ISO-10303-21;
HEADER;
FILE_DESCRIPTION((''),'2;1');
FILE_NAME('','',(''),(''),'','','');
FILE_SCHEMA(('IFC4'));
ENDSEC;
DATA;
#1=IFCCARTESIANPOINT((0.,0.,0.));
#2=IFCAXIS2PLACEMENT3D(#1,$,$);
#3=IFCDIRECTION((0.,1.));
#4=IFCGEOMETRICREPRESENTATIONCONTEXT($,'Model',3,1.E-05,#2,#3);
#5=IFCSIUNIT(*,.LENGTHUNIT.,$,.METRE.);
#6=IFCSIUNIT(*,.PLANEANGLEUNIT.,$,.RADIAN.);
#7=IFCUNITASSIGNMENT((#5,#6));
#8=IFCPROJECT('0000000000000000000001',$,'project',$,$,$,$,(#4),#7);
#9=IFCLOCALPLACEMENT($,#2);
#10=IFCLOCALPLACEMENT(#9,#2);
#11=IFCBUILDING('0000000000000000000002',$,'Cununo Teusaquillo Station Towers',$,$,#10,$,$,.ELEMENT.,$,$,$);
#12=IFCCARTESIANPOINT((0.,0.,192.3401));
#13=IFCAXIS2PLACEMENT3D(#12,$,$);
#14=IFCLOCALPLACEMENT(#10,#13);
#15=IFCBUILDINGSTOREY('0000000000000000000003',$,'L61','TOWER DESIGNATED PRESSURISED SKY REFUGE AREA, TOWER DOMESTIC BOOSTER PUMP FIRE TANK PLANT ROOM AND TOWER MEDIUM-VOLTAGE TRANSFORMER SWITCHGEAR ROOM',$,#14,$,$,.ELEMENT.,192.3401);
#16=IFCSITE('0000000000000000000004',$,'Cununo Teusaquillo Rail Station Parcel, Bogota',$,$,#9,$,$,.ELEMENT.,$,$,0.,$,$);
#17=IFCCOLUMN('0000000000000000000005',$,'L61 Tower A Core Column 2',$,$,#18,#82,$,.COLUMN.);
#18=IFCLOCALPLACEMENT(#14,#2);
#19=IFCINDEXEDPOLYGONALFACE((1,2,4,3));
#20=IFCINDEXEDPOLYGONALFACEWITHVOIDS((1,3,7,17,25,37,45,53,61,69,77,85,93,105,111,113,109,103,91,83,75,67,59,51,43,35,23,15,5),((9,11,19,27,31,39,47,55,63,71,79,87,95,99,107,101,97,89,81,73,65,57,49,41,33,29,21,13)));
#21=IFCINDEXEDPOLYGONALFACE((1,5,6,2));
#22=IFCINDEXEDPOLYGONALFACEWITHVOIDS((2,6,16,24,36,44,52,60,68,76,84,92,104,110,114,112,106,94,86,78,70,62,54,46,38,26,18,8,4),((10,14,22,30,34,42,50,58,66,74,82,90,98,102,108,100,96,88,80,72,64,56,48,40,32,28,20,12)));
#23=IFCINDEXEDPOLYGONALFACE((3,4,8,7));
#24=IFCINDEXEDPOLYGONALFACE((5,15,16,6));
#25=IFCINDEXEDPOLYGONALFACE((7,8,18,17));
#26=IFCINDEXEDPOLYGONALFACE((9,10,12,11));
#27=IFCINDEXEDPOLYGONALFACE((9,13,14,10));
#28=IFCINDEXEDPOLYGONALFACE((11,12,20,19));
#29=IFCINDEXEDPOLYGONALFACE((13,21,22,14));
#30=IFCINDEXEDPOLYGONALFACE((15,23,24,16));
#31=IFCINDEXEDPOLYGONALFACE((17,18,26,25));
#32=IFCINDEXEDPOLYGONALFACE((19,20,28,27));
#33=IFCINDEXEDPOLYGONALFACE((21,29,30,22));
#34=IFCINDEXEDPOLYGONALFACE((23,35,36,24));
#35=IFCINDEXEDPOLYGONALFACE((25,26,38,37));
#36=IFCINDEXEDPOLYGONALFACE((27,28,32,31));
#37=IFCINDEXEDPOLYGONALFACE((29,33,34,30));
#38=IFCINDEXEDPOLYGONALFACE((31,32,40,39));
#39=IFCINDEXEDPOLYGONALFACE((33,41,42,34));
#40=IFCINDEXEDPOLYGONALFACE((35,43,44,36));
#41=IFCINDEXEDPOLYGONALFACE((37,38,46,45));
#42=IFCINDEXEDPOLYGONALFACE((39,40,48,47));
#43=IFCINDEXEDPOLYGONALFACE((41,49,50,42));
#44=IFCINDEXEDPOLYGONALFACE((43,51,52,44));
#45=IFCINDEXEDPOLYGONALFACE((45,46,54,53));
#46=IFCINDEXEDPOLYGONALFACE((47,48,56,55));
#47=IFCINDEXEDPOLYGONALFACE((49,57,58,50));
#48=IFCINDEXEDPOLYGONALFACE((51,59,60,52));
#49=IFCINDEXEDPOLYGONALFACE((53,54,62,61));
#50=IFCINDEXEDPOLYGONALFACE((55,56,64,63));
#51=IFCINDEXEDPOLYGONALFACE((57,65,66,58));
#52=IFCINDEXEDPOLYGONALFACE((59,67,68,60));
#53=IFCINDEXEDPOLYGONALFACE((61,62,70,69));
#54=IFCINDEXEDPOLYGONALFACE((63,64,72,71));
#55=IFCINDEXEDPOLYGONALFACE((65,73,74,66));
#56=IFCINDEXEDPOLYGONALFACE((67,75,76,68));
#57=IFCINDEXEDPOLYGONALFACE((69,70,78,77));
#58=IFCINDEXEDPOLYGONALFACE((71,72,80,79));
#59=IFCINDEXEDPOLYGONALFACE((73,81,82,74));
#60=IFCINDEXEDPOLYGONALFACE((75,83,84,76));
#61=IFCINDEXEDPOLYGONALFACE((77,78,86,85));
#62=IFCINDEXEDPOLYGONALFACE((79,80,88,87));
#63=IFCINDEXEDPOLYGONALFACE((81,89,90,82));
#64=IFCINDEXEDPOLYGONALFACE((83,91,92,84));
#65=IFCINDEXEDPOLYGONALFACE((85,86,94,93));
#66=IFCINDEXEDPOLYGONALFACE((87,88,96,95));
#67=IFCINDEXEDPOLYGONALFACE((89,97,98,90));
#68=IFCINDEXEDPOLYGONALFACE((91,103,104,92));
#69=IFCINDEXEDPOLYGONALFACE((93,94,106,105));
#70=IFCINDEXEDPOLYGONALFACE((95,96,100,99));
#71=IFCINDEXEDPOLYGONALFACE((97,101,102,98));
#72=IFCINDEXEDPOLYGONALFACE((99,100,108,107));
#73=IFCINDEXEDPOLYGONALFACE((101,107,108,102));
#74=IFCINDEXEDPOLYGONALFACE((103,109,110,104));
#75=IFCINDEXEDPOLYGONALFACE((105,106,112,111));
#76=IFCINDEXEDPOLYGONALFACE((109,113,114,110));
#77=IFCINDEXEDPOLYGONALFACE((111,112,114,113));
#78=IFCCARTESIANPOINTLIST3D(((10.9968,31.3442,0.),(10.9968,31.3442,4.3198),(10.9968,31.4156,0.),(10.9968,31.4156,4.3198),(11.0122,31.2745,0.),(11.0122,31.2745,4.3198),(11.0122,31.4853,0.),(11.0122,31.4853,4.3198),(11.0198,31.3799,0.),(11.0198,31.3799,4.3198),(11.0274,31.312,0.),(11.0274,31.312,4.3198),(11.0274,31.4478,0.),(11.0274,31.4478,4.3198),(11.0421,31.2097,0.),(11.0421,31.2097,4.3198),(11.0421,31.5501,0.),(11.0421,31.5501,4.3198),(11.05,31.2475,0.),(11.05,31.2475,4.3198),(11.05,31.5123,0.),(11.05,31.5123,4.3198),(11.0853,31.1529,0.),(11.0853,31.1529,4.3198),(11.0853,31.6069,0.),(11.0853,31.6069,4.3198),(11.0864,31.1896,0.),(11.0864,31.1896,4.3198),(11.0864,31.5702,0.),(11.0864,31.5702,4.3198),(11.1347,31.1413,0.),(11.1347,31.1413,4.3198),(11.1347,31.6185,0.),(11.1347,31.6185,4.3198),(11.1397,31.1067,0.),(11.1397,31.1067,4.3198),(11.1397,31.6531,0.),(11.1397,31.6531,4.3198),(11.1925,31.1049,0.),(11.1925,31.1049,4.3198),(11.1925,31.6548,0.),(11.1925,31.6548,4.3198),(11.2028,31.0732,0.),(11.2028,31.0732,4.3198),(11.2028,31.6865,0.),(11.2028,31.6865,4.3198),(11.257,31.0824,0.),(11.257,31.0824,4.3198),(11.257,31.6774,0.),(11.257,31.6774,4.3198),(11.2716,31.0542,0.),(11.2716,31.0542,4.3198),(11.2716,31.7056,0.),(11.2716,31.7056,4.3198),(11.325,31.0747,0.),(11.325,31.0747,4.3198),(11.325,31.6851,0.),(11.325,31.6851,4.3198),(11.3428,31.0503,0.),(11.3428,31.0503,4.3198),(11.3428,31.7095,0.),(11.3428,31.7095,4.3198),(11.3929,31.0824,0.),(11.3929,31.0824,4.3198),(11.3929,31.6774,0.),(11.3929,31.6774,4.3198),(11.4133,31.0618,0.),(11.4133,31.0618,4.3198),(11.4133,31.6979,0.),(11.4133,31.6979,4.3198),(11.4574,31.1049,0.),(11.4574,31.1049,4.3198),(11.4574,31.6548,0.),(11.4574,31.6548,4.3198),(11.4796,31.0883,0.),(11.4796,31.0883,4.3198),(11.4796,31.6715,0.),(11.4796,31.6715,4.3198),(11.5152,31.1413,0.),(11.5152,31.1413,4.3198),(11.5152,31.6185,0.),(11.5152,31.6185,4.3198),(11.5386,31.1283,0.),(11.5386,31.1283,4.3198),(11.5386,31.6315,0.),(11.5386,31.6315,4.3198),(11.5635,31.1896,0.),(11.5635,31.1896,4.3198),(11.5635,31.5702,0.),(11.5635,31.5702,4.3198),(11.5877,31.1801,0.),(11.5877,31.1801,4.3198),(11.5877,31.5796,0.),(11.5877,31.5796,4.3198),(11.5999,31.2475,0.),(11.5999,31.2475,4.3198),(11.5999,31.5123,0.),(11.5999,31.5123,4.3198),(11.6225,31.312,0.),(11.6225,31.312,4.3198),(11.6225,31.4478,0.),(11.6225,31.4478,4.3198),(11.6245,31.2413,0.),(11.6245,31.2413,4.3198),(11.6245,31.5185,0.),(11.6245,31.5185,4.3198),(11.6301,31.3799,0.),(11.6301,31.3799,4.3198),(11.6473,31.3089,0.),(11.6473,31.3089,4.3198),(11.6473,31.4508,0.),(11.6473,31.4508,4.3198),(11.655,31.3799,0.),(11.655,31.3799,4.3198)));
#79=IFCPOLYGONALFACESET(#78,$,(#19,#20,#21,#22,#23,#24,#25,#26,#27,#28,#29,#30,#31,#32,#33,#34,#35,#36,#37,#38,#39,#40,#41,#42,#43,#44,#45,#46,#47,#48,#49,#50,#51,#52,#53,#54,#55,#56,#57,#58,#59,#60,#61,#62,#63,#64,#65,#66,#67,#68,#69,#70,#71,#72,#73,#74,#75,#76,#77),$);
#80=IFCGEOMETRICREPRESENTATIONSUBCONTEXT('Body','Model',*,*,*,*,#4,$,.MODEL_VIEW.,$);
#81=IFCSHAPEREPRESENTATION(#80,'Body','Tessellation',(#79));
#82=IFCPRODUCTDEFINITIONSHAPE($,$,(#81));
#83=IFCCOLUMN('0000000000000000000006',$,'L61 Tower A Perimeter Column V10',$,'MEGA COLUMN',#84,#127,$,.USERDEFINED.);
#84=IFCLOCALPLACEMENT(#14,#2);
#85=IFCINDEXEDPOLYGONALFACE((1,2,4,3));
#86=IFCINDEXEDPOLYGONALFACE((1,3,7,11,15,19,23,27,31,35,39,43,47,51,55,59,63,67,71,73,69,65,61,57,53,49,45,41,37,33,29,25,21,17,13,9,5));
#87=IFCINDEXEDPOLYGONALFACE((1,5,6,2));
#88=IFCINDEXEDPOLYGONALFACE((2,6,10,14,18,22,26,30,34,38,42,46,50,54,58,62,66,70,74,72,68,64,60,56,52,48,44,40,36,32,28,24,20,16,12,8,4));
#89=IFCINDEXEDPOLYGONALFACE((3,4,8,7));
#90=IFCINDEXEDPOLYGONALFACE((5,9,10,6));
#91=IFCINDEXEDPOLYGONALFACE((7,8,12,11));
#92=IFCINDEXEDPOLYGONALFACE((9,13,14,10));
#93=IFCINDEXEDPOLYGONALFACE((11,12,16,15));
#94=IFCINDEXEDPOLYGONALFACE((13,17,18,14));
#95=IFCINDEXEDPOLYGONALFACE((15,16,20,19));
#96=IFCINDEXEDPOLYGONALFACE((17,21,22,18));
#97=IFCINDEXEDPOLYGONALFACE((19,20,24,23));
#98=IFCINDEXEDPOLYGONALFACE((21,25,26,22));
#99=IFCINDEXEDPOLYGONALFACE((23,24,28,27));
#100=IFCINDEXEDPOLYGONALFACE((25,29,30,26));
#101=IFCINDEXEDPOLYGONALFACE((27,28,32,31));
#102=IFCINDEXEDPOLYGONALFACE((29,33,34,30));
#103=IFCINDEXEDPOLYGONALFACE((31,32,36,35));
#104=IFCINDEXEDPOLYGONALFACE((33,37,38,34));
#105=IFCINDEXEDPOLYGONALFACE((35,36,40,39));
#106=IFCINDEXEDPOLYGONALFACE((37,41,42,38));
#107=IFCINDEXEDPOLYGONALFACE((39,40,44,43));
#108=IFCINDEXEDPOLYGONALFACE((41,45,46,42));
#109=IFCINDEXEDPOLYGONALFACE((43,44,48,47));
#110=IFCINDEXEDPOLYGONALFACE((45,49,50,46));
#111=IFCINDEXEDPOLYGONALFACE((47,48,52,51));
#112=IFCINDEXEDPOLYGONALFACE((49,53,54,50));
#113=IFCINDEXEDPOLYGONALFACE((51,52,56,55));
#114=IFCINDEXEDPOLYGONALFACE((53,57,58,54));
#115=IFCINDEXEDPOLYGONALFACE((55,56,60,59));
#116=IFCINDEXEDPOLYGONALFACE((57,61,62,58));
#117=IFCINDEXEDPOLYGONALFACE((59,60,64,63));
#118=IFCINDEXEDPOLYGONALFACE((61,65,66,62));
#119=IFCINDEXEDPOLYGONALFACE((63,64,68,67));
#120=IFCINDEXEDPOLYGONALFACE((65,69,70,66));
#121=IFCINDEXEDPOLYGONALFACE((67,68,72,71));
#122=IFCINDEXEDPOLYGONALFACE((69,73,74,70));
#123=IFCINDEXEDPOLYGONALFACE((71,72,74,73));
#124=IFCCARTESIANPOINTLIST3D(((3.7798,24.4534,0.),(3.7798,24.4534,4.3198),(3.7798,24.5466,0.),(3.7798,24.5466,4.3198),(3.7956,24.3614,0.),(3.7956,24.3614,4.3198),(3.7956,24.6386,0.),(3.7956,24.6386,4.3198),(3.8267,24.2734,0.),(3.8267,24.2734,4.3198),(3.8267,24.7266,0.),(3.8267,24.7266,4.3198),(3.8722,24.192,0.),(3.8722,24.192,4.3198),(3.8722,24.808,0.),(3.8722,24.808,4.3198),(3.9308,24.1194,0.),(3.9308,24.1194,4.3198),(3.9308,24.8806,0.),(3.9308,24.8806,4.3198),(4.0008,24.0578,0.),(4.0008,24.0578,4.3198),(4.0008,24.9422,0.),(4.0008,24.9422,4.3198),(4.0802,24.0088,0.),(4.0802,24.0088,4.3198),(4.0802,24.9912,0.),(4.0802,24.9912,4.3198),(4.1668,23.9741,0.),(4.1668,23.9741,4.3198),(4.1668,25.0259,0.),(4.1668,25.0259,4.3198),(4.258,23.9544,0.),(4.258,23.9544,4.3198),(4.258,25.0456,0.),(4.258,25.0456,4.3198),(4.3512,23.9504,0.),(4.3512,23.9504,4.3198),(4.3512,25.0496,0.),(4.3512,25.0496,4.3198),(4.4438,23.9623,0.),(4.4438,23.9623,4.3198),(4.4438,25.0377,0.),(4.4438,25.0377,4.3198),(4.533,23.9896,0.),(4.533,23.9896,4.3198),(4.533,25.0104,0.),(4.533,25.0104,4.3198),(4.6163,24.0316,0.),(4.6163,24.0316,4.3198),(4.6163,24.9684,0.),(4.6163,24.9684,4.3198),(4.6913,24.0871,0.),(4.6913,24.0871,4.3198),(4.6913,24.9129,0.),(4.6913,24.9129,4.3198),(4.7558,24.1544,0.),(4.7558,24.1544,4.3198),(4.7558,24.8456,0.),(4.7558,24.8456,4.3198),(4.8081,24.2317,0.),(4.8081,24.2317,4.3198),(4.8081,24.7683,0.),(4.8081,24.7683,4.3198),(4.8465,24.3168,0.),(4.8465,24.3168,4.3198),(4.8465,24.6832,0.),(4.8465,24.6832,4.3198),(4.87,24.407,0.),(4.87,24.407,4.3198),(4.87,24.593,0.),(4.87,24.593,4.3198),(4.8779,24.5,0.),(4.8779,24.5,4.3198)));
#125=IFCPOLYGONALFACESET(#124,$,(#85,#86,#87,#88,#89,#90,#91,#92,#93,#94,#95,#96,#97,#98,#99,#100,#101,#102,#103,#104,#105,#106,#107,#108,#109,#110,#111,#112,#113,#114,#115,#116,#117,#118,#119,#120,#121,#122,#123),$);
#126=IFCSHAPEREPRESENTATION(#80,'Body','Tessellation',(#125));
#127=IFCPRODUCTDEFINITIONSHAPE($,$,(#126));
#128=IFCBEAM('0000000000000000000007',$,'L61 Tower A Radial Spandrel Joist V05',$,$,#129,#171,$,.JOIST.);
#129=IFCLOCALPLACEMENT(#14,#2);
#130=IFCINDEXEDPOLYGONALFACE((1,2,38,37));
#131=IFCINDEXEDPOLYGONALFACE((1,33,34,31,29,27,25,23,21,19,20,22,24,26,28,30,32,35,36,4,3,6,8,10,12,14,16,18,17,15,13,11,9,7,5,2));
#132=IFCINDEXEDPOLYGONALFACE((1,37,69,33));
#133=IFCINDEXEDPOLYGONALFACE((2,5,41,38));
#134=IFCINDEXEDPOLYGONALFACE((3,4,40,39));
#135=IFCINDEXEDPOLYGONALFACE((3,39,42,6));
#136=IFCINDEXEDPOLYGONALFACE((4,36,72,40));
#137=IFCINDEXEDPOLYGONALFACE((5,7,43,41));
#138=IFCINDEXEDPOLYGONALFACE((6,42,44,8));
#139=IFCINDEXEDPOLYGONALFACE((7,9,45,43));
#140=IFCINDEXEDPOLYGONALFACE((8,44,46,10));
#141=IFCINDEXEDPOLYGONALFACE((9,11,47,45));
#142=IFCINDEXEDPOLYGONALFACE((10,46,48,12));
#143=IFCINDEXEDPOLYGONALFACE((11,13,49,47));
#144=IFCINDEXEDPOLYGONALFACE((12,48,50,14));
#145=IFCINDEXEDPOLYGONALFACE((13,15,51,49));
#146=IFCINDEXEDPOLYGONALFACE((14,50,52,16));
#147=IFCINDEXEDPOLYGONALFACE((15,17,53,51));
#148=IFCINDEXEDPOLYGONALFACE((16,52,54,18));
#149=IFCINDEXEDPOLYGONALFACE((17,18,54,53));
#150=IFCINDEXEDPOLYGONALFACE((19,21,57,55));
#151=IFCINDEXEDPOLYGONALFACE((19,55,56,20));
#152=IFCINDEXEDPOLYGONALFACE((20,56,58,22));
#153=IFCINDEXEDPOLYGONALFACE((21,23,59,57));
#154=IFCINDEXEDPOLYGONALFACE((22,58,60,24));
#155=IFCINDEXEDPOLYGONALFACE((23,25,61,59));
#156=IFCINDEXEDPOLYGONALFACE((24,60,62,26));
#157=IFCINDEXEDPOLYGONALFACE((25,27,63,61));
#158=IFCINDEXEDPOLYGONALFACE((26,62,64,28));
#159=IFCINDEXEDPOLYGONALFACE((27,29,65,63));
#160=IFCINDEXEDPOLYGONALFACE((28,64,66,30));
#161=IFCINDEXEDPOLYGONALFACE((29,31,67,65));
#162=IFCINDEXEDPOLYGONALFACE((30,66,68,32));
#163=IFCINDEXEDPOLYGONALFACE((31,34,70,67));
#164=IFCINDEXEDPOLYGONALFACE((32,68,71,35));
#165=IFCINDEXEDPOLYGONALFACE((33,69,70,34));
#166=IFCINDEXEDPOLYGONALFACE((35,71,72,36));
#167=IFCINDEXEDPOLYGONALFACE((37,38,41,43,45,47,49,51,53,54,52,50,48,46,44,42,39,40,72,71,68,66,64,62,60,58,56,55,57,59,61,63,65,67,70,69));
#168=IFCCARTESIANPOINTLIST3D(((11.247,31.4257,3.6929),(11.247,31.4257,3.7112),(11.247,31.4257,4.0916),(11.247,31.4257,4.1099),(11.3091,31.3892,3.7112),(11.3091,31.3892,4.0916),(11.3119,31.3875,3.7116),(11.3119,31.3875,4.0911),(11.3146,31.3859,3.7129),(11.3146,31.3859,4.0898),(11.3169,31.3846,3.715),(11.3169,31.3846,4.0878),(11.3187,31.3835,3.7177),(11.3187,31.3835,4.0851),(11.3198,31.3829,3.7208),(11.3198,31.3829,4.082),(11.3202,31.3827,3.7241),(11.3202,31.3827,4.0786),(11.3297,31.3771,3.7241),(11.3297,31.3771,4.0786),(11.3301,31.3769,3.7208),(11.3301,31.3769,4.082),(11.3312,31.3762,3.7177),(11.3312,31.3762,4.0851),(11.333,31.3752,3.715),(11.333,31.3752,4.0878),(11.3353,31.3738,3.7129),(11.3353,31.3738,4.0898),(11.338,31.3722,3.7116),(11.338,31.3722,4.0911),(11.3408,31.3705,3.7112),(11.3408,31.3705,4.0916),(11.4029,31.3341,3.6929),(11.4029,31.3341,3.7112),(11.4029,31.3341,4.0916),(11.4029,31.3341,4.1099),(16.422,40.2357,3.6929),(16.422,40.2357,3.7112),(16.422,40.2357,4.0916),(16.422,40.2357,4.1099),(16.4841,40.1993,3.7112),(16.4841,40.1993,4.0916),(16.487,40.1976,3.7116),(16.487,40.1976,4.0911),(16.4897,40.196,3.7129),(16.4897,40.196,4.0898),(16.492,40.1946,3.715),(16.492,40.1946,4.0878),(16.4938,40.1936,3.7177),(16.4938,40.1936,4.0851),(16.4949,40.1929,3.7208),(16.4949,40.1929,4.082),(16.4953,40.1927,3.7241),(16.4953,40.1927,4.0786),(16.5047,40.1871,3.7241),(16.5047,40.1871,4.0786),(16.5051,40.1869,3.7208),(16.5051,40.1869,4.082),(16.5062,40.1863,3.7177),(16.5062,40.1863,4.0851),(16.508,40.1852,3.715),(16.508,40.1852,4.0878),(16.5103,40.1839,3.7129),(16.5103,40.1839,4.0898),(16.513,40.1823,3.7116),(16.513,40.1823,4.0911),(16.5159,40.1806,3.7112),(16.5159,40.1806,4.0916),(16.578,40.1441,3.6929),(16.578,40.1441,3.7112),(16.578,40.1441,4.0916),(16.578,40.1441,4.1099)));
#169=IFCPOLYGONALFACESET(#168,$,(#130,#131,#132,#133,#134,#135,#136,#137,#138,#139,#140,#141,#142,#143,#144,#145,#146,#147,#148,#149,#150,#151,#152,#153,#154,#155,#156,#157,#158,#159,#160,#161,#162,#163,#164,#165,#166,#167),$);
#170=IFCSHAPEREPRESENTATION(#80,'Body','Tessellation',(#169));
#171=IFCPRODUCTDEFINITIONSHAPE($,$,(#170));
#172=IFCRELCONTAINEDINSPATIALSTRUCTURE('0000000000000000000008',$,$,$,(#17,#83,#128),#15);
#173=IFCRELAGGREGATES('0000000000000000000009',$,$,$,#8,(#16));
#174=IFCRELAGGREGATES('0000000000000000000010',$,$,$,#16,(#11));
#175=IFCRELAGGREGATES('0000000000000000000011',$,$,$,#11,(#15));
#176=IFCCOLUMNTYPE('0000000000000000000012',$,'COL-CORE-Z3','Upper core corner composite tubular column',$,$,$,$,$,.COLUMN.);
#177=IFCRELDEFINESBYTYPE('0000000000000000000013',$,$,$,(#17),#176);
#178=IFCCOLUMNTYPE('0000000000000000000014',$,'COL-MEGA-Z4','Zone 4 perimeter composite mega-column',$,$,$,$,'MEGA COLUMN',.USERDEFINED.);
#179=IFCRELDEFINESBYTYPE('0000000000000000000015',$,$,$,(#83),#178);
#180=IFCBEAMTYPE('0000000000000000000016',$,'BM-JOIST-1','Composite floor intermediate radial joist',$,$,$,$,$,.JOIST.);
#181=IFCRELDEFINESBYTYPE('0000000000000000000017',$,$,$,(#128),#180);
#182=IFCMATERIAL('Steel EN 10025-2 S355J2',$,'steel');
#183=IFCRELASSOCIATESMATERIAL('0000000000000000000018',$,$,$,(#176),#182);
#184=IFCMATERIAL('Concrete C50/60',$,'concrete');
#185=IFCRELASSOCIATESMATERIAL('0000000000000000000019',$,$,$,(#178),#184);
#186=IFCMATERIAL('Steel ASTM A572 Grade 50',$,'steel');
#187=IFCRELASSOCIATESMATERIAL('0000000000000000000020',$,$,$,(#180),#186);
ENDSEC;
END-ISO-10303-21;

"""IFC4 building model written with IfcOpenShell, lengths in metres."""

from ifc_helpers import new_model, si_unit, direction, frame, origin, origin_2d, place, context, subcontext, project, spatial, circle, hollow_circle, i_section, extrude, material, material_profile, profile_set, type_object, element, save


model = new_model("IFC4")

# Units and contexts
model_context = context("Model", 3, precision=1e-05, world=origin(), true_north=direction((0.0, 1.0)))
body_context = subcontext(model_context, "Body", "Model", "MODEL_VIEW")
ifc_project = project(units=[si_unit("LENGTHUNIT", "METRE"), si_unit("PLANEANGLEUNIT", "RADIAN")], contexts=[model_context])

# Site, building, storey
site_placement = place(None, origin())
site = spatial("IfcSite", under=ifc_project, at=site_placement, Name="Cununo Teusaquillo Rail Station Parcel, Bogota", CompositionType="ELEMENT", RefElevation=0.0)
building_placement = place(site_placement, origin())
building = spatial("IfcBuilding", under=site, at=building_placement, Name="Cununo Teusaquillo Station Towers", CompositionType="ELEMENT")
storey_placement = place(building_placement, frame((0.0, 0.0, 192.3401)))
storey = spatial("IfcBuildingStorey", under=building, at=storey_placement, Name="L61", Description="TOWER DESIGNATED PRESSURISED SKY REFUGE AREA, TOWER DOMESTIC BOOSTER PUMP FIRE TANK PLANT ROOM AND TOWER MEDIUM-VOLTAGE TRANSFORMER SWITCHGEAR ROOM", CompositionType="ELEMENT", Elevation=192.3401)

# Columns
ifc_material_1 = material(Name="Steel EN 10025-2 S355J2", Category="steel")
ifc_material_profile_1 = material_profile(ifc_material_1, hollow_circle(Radius=0.3301, WallThickness=0.0249, at=origin_2d()), Name="CHS 660x25")
ifc_profile_set_1 = profile_set([ifc_material_profile_1], Name="Steel EN 10025-2 S355J2")
column_type_1 = type_object("IfcColumnType", Name="COL-CORE-Z3", Description="Upper core corner composite tubular column", PredefinedType="COLUMN", material=ifc_profile_set_1)
column_1_placement = place(storey_placement, frame((11.325, 31.3799, 0.0), z_axis=(0.0, 0.0, 1.0), x_axis=(1.0, 0.0, 0.0)))
element("IfcColumn", 1, at=column_1_placement, inside=storey, type_object=column_type_1, Name="L61 Tower A Core Column 2", PredefinedType="COLUMN", context=body_context, shape_type="SweptSolid", body=[
    extrude(hollow_circle(Radius=0.3301, WallThickness=0.0249, at=origin_2d()), origin(), (0.0, 0.0, 1.0), 4.3198),
])
ifc_material_2 = material(Name="Concrete C50/60", Category="concrete")
ifc_material_profile_2 = material_profile(ifc_material_2, circle(Radius=0.55, at=origin_2d()), Name="RC-CIRC-1100")
ifc_profile_set_2 = profile_set([ifc_material_profile_2], Name="Concrete C50/60")
column_type_2 = type_object("IfcColumnType", Name="COL-MEGA-Z4", Description="Zone 4 perimeter composite mega-column", ElementType="MEGA COLUMN", PredefinedType="USERDEFINED", material=ifc_profile_set_2)
column_2_placement = place(storey_placement, frame((4.3279, 24.5, 0.0), z_axis=(0.0, 0.0, 1.0), x_axis=(1.0, 0.0, 0.0)))
element("IfcColumn", 2, at=column_2_placement, inside=storey, type_object=column_type_2, Name="L61 Tower A Perimeter Column V10", ObjectType="MEGA COLUMN", PredefinedType="USERDEFINED", context=body_context, shape_type="SweptSolid", body=[
    extrude(circle(Radius=0.55, at=origin_2d()), origin(), (0.0, 0.0, 1.0), 4.3198),
])

# Beam
ifc_material_3 = material(Name="Steel ASTM A572 Grade 50", Category="steel")
ifc_material_profile_3 = material_profile(ifc_material_3, i_section(OverallWidth=0.1809, OverallDepth=0.417, WebThickness=0.011, FlangeThickness=0.0183, FilletRadius=0.0129, at=origin_2d()), Name="W16X57")
ifc_profile_set_3 = profile_set([ifc_material_profile_3], Name="Steel ASTM A572 Grade 50")
beam_type_1 = type_object("IfcBeamType", Name="BM-JOIST-1", Description="Composite floor intermediate radial joist", PredefinedType="JOIST", material=ifc_profile_set_3)
beam_1_placement = place(storey_placement, frame((11.325, 31.3799, 3.9014), z_axis=(0.506486, 0.862248, 0.0), x_axis=(-0.862248, 0.506486, 0.0)))
element("IfcBeam", 3, at=beam_1_placement, inside=storey, type_object=beam_type_1, Name="L61 Tower A Radial Spandrel Joist V05", PredefinedType="JOIST", context=body_context, shape_type="SweptSolid", body=[
    extrude(i_section(OverallWidth=0.1809, OverallDepth=0.417, WebThickness=0.011, FlangeThickness=0.0183, FilletRadius=0.0129, at=origin_2d()), origin(), (0.0, 0.0, 1.0), 10.2175),
])

save(model, "model.ifc")
